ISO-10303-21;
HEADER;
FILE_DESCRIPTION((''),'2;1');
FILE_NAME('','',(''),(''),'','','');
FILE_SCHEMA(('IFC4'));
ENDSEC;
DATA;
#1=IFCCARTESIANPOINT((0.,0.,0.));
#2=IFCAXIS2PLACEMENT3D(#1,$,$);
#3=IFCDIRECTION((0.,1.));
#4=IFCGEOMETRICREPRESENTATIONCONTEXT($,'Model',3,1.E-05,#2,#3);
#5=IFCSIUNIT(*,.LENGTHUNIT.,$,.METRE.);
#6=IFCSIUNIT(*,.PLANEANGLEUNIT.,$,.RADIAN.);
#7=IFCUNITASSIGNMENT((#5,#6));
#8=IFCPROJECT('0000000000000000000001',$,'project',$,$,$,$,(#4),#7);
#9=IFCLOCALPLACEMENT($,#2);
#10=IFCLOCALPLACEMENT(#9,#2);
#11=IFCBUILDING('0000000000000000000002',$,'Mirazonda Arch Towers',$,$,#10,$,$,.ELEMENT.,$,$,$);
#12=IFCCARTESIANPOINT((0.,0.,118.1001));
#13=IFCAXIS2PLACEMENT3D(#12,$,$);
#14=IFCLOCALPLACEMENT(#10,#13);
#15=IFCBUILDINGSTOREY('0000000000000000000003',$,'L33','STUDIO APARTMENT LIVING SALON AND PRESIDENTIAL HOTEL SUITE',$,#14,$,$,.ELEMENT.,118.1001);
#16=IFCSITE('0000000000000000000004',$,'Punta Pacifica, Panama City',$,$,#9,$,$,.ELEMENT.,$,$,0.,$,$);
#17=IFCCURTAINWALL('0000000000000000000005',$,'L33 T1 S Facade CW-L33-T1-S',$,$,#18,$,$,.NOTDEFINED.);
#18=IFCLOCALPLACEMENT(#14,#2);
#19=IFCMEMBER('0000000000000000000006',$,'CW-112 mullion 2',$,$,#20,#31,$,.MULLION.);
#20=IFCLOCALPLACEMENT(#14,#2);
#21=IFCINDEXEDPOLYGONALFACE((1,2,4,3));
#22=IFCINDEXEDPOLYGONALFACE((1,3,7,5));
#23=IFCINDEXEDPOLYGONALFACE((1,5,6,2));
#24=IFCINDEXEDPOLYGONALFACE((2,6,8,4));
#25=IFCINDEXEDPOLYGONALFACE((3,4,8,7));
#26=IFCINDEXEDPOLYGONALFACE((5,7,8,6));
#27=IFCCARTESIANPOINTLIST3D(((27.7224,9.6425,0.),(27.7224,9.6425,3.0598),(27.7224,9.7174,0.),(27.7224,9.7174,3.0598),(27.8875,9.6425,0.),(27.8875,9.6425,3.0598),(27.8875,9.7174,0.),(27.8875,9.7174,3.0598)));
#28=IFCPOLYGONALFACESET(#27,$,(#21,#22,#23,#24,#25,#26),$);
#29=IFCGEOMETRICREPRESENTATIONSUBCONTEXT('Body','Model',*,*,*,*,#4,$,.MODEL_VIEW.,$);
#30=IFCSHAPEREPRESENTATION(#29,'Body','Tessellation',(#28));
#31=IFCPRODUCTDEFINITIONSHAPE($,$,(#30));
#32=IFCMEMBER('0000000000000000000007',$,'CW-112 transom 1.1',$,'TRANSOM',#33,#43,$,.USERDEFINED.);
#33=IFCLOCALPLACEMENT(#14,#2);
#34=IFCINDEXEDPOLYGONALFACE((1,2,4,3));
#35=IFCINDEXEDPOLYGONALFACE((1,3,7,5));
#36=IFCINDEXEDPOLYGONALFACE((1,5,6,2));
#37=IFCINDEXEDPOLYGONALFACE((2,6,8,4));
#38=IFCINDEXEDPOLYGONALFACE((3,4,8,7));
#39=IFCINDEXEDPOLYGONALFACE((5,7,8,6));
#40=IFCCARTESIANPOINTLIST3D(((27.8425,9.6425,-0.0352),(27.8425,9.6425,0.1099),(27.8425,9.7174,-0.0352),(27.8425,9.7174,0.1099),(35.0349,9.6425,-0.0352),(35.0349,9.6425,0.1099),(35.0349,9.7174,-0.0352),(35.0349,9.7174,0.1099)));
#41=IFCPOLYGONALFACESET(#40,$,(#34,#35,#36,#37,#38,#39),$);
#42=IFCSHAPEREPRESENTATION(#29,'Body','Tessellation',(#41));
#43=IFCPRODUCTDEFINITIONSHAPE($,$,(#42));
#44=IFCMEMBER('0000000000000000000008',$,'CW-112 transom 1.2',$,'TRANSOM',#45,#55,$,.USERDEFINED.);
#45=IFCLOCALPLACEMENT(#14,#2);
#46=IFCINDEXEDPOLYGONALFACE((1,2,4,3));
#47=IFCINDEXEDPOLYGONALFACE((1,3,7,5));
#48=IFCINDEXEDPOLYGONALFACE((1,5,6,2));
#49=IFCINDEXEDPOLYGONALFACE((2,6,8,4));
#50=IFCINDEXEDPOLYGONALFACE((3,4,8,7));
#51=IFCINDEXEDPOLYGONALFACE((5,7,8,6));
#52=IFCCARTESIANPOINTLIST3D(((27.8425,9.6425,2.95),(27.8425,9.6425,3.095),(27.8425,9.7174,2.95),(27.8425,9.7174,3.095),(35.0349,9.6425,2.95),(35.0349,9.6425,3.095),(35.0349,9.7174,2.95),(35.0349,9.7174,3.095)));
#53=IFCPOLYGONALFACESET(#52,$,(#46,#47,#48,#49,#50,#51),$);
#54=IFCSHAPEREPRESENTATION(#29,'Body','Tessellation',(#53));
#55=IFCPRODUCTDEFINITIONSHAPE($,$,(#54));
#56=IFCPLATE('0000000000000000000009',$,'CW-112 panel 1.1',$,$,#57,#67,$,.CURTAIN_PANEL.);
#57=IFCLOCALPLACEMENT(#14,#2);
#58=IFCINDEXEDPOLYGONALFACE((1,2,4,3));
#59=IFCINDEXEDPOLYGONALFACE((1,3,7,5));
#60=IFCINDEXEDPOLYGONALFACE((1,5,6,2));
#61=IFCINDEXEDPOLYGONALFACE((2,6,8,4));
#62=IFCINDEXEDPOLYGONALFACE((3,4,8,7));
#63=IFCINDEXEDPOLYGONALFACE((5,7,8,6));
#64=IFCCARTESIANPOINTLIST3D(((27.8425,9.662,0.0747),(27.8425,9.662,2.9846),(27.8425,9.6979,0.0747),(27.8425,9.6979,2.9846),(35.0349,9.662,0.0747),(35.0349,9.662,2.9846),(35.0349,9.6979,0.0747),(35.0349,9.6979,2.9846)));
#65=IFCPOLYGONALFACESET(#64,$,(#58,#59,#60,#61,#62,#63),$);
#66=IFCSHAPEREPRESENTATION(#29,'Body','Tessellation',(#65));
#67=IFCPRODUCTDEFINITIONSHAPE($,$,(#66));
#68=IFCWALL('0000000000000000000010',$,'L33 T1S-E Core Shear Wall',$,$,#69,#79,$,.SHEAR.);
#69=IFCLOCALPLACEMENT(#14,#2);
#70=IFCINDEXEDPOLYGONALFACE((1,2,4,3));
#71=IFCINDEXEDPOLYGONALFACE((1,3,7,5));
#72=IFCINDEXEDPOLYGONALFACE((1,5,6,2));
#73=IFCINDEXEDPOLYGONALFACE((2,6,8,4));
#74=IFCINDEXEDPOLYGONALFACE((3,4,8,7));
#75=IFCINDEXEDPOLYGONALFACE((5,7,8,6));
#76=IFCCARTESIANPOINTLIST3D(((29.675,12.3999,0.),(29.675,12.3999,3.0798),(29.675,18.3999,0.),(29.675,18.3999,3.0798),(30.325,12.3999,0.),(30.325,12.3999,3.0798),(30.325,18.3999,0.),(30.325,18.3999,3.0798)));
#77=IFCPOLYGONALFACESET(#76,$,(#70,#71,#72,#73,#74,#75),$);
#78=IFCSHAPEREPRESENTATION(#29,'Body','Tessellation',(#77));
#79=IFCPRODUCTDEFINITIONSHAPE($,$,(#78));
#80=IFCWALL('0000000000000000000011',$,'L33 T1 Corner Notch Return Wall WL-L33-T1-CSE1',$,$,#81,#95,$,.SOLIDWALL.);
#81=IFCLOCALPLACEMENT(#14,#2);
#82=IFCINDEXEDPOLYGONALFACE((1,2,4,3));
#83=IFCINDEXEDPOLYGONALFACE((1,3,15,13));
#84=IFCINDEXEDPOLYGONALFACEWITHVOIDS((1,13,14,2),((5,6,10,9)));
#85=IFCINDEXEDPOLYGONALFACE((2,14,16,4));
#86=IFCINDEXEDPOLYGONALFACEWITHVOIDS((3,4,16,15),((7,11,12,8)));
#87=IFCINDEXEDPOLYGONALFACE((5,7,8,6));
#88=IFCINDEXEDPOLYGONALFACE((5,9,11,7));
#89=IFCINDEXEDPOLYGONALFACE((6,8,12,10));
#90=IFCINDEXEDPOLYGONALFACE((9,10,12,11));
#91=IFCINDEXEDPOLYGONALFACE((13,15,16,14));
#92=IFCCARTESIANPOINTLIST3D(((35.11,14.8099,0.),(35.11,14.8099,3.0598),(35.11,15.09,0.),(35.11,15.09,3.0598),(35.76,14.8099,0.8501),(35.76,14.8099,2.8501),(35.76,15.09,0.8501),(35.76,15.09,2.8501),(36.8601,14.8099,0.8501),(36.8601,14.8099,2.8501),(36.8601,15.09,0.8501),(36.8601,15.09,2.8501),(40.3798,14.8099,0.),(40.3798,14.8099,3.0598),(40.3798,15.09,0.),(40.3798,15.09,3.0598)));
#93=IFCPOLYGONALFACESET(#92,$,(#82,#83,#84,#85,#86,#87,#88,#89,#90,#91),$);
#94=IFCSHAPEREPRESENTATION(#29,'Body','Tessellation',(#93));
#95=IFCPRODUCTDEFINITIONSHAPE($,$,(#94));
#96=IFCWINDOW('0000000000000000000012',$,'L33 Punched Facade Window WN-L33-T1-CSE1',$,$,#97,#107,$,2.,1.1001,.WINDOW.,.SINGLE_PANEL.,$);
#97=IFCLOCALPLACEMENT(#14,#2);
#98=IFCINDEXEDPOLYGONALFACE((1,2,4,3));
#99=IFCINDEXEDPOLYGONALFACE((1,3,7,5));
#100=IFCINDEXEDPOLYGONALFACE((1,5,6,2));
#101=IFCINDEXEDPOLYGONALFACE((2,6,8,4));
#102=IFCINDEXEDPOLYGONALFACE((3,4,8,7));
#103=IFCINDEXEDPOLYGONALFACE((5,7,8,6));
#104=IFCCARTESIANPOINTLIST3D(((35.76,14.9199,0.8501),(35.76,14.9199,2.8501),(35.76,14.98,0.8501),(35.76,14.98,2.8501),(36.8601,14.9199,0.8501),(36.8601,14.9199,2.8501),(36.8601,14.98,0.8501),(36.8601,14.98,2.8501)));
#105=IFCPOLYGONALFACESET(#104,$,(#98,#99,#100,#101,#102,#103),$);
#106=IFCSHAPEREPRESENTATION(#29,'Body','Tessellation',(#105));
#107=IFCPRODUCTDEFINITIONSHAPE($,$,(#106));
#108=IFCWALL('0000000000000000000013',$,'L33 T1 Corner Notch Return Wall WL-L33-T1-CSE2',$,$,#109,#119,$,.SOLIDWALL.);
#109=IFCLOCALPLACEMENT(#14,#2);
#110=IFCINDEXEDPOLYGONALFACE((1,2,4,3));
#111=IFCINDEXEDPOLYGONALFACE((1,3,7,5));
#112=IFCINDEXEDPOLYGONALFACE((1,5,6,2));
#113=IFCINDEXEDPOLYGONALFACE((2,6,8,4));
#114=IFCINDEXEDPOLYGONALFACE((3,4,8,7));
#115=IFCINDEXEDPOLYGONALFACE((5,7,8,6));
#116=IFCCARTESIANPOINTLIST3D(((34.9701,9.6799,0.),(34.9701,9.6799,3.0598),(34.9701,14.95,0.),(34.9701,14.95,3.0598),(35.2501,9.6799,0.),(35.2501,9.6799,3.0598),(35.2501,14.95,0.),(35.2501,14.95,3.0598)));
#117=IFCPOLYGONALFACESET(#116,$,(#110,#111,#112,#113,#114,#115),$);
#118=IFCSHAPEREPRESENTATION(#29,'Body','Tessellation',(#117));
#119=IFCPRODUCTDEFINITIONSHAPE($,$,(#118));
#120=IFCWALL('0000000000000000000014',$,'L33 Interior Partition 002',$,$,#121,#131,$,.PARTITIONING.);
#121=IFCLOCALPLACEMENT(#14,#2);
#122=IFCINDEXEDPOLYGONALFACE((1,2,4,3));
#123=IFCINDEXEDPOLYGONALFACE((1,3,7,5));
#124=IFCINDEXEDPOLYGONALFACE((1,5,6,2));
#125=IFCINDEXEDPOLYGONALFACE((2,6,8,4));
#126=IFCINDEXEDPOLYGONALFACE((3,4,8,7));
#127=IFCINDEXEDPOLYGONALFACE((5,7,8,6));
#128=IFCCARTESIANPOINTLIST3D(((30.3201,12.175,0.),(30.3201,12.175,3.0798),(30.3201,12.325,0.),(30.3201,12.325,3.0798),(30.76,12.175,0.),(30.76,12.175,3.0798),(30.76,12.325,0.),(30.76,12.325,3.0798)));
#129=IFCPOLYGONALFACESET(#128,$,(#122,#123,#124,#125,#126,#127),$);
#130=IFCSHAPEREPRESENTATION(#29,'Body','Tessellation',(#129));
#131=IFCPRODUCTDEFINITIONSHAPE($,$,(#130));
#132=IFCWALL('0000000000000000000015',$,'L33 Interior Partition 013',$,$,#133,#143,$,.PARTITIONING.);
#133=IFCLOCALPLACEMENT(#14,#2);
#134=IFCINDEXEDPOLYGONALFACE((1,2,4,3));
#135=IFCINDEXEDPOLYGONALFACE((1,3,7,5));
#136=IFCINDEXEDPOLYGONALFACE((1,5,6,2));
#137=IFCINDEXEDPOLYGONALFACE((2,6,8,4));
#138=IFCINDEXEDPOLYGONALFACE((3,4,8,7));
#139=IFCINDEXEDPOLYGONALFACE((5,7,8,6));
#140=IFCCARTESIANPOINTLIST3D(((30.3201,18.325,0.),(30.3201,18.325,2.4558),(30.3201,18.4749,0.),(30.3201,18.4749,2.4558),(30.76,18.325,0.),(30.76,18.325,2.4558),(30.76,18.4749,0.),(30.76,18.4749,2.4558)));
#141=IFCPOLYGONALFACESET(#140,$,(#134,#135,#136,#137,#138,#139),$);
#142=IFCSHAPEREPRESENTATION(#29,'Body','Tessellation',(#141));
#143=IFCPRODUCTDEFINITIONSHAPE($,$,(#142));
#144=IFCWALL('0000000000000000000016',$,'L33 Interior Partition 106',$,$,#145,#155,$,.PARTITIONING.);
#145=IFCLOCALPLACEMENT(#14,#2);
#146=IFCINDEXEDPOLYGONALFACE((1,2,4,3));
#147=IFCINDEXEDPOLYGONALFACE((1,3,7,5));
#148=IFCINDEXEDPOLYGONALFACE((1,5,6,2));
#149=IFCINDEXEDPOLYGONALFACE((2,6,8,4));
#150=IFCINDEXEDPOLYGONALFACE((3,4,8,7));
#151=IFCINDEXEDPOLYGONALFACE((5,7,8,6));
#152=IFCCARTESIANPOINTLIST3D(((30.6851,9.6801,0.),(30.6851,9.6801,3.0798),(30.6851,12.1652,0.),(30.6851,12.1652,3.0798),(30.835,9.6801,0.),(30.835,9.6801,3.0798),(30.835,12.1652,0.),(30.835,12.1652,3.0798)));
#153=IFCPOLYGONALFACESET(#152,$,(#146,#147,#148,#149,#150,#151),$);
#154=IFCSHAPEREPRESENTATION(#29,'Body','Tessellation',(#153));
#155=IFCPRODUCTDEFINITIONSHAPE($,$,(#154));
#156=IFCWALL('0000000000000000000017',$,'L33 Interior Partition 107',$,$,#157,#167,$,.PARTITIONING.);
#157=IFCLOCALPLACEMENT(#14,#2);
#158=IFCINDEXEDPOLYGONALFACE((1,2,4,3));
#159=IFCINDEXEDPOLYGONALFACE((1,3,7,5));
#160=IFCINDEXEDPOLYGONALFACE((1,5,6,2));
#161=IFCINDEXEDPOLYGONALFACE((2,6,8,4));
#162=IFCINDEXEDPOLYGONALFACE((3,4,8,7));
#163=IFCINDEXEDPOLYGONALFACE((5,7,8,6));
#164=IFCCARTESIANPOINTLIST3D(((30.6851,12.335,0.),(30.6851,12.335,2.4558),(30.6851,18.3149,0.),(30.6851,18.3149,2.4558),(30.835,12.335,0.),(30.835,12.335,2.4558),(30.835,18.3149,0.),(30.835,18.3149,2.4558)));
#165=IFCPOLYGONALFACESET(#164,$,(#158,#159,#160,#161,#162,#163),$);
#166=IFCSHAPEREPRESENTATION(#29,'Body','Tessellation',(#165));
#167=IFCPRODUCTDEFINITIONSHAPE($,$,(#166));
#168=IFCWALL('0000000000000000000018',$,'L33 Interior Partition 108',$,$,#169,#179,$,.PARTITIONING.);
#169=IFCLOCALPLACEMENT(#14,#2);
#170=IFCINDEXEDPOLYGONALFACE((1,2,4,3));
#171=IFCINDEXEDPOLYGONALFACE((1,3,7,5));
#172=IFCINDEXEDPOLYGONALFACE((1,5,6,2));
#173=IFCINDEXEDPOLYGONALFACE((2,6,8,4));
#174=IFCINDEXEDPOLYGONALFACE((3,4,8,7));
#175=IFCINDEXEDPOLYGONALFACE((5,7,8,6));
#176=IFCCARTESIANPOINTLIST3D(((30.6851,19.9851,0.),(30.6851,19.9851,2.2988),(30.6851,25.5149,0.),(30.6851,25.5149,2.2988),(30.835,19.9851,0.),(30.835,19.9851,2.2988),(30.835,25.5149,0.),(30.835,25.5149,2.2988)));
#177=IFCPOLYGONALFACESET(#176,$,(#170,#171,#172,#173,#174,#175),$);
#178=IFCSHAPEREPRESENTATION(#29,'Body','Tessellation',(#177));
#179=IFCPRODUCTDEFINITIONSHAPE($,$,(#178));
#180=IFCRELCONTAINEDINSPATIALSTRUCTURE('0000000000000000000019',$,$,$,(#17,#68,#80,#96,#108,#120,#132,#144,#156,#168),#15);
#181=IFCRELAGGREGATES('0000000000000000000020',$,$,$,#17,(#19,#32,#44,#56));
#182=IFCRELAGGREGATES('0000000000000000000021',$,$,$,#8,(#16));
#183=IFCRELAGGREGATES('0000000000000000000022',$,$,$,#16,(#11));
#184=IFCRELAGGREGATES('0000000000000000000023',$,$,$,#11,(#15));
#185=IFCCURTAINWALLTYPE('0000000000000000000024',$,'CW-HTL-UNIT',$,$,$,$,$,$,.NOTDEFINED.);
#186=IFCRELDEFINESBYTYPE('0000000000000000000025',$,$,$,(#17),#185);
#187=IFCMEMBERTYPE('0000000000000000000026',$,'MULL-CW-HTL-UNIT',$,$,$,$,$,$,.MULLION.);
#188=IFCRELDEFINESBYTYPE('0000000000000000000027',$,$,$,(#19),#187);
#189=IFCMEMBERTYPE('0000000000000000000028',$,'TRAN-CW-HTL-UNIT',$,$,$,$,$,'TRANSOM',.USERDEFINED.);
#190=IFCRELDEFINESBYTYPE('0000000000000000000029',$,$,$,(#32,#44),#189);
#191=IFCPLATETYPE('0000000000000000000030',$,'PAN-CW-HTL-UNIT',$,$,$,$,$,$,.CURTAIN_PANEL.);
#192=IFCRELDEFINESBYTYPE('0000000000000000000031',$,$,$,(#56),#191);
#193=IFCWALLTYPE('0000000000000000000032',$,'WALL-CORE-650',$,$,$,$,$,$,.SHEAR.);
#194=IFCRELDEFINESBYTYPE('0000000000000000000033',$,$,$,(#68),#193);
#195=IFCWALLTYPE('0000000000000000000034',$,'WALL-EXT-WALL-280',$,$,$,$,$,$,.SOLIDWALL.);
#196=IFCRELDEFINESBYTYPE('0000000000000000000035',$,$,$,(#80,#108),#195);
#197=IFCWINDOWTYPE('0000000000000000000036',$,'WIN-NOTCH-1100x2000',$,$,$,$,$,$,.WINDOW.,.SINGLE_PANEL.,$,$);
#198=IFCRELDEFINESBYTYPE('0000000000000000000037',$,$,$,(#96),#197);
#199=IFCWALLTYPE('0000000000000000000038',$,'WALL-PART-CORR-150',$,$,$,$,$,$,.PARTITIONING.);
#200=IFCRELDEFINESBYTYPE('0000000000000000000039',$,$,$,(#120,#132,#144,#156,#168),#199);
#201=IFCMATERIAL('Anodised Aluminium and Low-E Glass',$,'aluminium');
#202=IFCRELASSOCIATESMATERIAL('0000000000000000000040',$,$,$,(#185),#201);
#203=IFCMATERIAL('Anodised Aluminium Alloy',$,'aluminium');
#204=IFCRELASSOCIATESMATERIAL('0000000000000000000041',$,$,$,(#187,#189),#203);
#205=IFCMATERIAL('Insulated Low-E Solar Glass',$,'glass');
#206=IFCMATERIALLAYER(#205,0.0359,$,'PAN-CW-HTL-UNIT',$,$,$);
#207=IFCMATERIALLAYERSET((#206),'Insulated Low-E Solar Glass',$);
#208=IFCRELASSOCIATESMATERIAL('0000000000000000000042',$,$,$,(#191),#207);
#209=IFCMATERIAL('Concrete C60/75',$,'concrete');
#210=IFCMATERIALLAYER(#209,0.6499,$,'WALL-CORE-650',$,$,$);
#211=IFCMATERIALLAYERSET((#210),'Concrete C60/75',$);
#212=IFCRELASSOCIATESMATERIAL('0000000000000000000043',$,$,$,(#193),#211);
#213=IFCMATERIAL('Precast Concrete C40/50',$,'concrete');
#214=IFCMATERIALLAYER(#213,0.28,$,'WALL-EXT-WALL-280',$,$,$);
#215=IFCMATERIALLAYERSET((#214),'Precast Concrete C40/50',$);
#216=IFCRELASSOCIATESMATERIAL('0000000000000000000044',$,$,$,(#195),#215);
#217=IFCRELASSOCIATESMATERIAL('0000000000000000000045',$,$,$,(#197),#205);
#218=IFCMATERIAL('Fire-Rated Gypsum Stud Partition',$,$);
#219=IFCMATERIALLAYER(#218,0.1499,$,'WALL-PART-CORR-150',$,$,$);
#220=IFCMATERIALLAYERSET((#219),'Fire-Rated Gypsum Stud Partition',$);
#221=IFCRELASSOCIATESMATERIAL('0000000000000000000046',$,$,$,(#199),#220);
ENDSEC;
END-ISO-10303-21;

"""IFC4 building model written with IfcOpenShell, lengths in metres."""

from ifc_helpers import new_model, si_unit, direction, frame, frame_2d, origin, origin_2d, place, context, subcontext, project, spatial, rectangle, extrude, material, layer, layer_set, material_profile, profile_set, type_object, element, fill, aggregate, save


model = new_model("IFC4")

# Units and contexts
model_context = context("Model", 3, precision=1e-05, world=origin(), true_north=direction((0.0, 1.0)))
body_context = subcontext(model_context, "Body", "Model", "MODEL_VIEW")
ifc_project = project(units=[si_unit("LENGTHUNIT", "METRE"), si_unit("PLANEANGLEUNIT", "RADIAN")], contexts=[model_context])

# Site, building, storey
site_placement = place(None, origin())
site = spatial("IfcSite", under=ifc_project, at=site_placement, Name="Punta Pacifica, Panama City", CompositionType="ELEMENT", RefElevation=0.0)
building_placement = place(site_placement, origin())
building = spatial("IfcBuilding", under=site, at=building_placement, Name="Mirazonda Arch Towers", CompositionType="ELEMENT")
storey_placement = place(building_placement, frame((0.0, 0.0, 118.1001)))
storey = spatial("IfcBuildingStorey", under=building, at=storey_placement, Name="L33", Description="STUDIO APARTMENT LIVING SALON AND PRESIDENTIAL HOTEL SUITE", CompositionType="ELEMENT", Elevation=118.1001)

# Shared definitions
ifc_material_1 = material(Name="Concrete C60/75", Category="concrete")

# Curtain wall, members, plate
ifc_material_2 = material(Name="Anodised Aluminium and Low-E Glass", Category="aluminium")
curtain_wall_type = type_object("IfcCurtainWallType", Name="CW-HTL-UNIT", PredefinedType="NOTDEFINED", material=ifc_material_2)
curtain_wall_placement = place(storey_placement, origin())
curtain_wall = element("IfcCurtainWall", 1, at=curtain_wall_placement, inside=storey, type_object=curtain_wall_type, Name="L33 T1 S Facade CW-L33-T1-S", PredefinedType="NOTDEFINED")
ifc_material_3 = material(Name="Anodised Aluminium Alloy", Category="aluminium")
ifc_material_profile_1 = material_profile(ifc_material_3, rectangle(XDim=0.075, YDim=0.165, at=origin_2d()), Name="ALU-MULL-75x165")
ifc_profile_set_1 = profile_set([ifc_material_profile_1], Name="Anodised Aluminium Alloy")
member_type_1 = type_object("IfcMemberType", Name="MULL-CW-HTL-UNIT", PredefinedType="MULLION", material=ifc_profile_set_1)
member_1_placement = place(storey_placement, frame((27.8049, 9.6799, 0.0), z_axis=(0.0, 0.0, 1.0), x_axis=(0.0, -1.0, 0.0)))
member_1 = element("IfcMember", 2, at=member_1_placement, type_object=member_type_1, Name="CW-112 mullion 2", PredefinedType="MULLION", context=body_context, shape_type="SweptSolid", body=[
    extrude(rectangle(XDim=0.075, YDim=0.165, at=origin_2d()), origin(), (0.0, 0.0, 1.0), 3.0598),
])
ifc_material_profile_2 = material_profile(ifc_material_3, rectangle(XDim=0.075, YDim=0.145, at=origin_2d()), Name="ALU-TRAN-75x145")
ifc_profile_set_2 = profile_set([ifc_material_profile_2], Name="Anodised Aluminium Alloy")
member_type_2 = type_object("IfcMemberType", Name="TRAN-CW-HTL-UNIT", ElementType="TRANSOM", PredefinedType="USERDEFINED", material=ifc_profile_set_2)
member_2_placement = place(storey_placement, frame((35.0349, 9.6799, 0.0374), z_axis=(-1.0, 0.0, 0.0), x_axis=(0.0, -1.0, 0.0)))
member_2 = element("IfcMember", 3, at=member_2_placement, type_object=member_type_2, Name="CW-112 transom 1.1", ObjectType="TRANSOM", PredefinedType="USERDEFINED", context=body_context, shape_type="SweptSolid", body=[
    extrude(rectangle(XDim=0.075, YDim=0.145, at=origin_2d()), origin(), (0.0, 0.0, 1.0), 7.1924),
])
member_3_placement = place(storey_placement, frame((35.0349, 9.6799, 3.0225), z_axis=(-1.0, 0.0, 0.0), x_axis=(0.0, -1.0, 0.0)))
member_3 = element("IfcMember", 4, at=member_3_placement, type_object=member_type_2, Name="CW-112 transom 1.2", ObjectType="TRANSOM", PredefinedType="USERDEFINED", context=body_context, shape_type="SweptSolid", body=[
    extrude(rectangle(XDim=0.075, YDim=0.145, at=origin_2d()), origin(), (0.0, 0.0, 1.0), 7.1924),
])
ifc_material_4 = material(Name="Insulated Low-E Solar Glass", Category="glass")
ifc_layer_1 = layer(ifc_material_4, 0.0359, Name="PAN-CW-HTL-UNIT")
ifc_layer_set_1 = layer_set([ifc_layer_1], Name="Insulated Low-E Solar Glass")
plate_type = type_object("IfcPlateType", Name="PAN-CW-HTL-UNIT", PredefinedType="CURTAIN_PANEL", material=ifc_layer_set_1)
plate_placement = place(storey_placement, frame((31.4387, 9.6799, 0.0747), z_axis=(0.0, 0.0, 1.0), x_axis=(-1.0, 0.0, 0.0)))
plate = element("IfcPlate", 5, at=plate_placement, type_object=plate_type, Name="CW-112 panel 1.1", PredefinedType="CURTAIN_PANEL", context=body_context, shape_type="SweptSolid", body=[
    extrude(rectangle(XDim=7.1924, YDim=0.0359, at=origin_2d()), origin(), (0.0, 0.0, 1.0), 2.9099),
])
aggregate(curtain_wall, [member_1, member_2, member_3, plate])

# Wall
ifc_layer_2 = layer(ifc_material_1, 0.6499, Name="WALL-CORE-650")
ifc_layer_set_2 = layer_set([ifc_layer_2], Name="Concrete C60/75")
wall_type_1 = type_object("IfcWallType", Name="WALL-CORE-650", PredefinedType="SHEAR", material=ifc_layer_set_2)
wall_1_placement = place(storey_placement, frame((30.0, 12.3999, 0.0), z_axis=(0.0, 0.0, 1.0), x_axis=(0.0, 1.0, 0.0)))
element("IfcWall", 6, at=wall_1_placement, inside=storey, type_object=wall_type_1, Name="L33 T1S-E Core Shear Wall", PredefinedType="SHEAR", context=body_context, shape_type="SweptSolid", body=[
    extrude(rectangle(XDim=6.0, YDim=0.6499, at=frame_2d((3.0, 0.0))), origin(), (0.0, 0.0, 1.0), 3.0798),
])

# Wall, opening, window
ifc_material_5 = material(Name="Precast Concrete C40/50", Category="concrete")
ifc_layer_3 = layer(ifc_material_5, 0.28, Name="WALL-EXT-WALL-280")
ifc_layer_set_3 = layer_set([ifc_layer_3], Name="Precast Concrete C40/50")
wall_type_2 = type_object("IfcWallType", Name="WALL-EXT-WALL-280", PredefinedType="SOLIDWALL", material=ifc_layer_set_3)
wall_2_placement = place(storey_placement, frame((35.1101, 14.95, 0.0), z_axis=(0.0, 0.0, 1.0), x_axis=(1.0, 0.0, 0.0)))
wall_2 = element("IfcWall", 7, at=wall_2_placement, inside=storey, type_object=wall_type_2, Name="L33 T1 Corner Notch Return Wall WL-L33-T1-CSE1", PredefinedType="SOLIDWALL", context=body_context, shape_type="SweptSolid", body=[
    extrude(rectangle(XDim=5.2698, YDim=0.28, at=frame_2d((2.6348, 0.0))), origin(), (0.0, 0.0, 1.0), 3.0598),
])
opening_1_placement = place(wall_2_placement, frame((0.6499, 0.0, 0.8501)))
opening_1 = element("IfcOpeningElement", 8, at=opening_1_placement, cuts=wall_2, PredefinedType="OPENING", context=body_context, shape_type="SweptSolid", body=[
    extrude(rectangle(XDim=1.1001, YDim=2.0, at=frame_2d((0.55, 1.0))), frame((0.0, 0.1499, 0.0), z_axis=(0.0, -1.0, 0.0), x_axis=(1.0, 0.0, 0.0)), (0.0, 0.0, 1.0), 0.3),
])
window_type = type_object("IfcWindowType", Name="WIN-NOTCH-1100x2000", PartitioningType="SINGLE_PANEL", PredefinedType="WINDOW", material=ifc_material_4)
window_placement = place(opening_1_placement, origin())
window = element("IfcWindow", 9, at=window_placement, inside=storey, type_object=window_type, Name="L33 Punched Facade Window WN-L33-T1-CSE1", OverallHeight=2.0, OverallWidth=1.1001, PartitioningType="SINGLE_PANEL", PredefinedType="WINDOW", context=body_context, shape_type="SweptSolid", body=[
    extrude(rectangle(XDim=1.1001, YDim=2.0, at=frame_2d((0.55, 1.0))), frame((0.0, 0.03, 0.0), z_axis=(0.0, -1.0, 0.0), x_axis=(1.0, 0.0, 0.0)), (0.0, 0.0, 1.0), 0.0601),
])
fill(opening_1, window)

# Walls
wall_3_placement = place(storey_placement, frame((35.1101, 9.6799, 0.0), z_axis=(0.0, 0.0, 1.0), x_axis=(0.0, 1.0, 0.0)))
element("IfcWall", 10, at=wall_3_placement, inside=storey, type_object=wall_type_2, Name="L33 T1 Corner Notch Return Wall WL-L33-T1-CSE2", PredefinedType="SOLIDWALL", context=body_context, shape_type="SweptSolid", body=[
    extrude(rectangle(XDim=5.27, YDim=0.28, at=frame_2d((2.635, 0.0))), origin(), (0.0, 0.0, 1.0), 3.0598),
])
ifc_material_6 = material(Name="Fire-Rated Gypsum Stud Partition")
ifc_layer_4 = layer(ifc_material_6, 0.1499, Name="WALL-PART-CORR-150")
ifc_layer_set_4 = layer_set([ifc_layer_4], Name="Fire-Rated Gypsum Stud Partition")
wall_type_3 = type_object("IfcWallType", Name="WALL-PART-CORR-150", PredefinedType="PARTITIONING", material=ifc_layer_set_4)
wall_4_placement = place(storey_placement, frame((30.3201, 12.25, 0.0), z_axis=(0.0, 0.0, 1.0), x_axis=(1.0, 0.0, 0.0)))
element("IfcWall", 11, at=wall_4_placement, inside=storey, type_object=wall_type_3, Name="L33 Interior Partition 002", PredefinedType="PARTITIONING", context=body_context, shape_type="SweptSolid", body=[
    extrude(rectangle(XDim=0.4399, YDim=0.1499, at=frame_2d((0.22, 0.0))), origin(), (0.0, 0.0, 1.0), 3.0798),
])
wall_5_placement = place(storey_placement, frame((30.3201, 18.3999, 0.0), z_axis=(0.0, 0.0, 1.0), x_axis=(1.0, 0.0, 0.0)))
element("IfcWall", 12, at=wall_5_placement, inside=storey, type_object=wall_type_3, Name="L33 Interior Partition 013", PredefinedType="PARTITIONING", context=body_context, shape_type="SweptSolid", body=[
    extrude(rectangle(XDim=0.4399, YDim=0.1499, at=frame_2d((0.22, 0.0))), origin(), (0.0, 0.0, 1.0), 2.4558),
])
wall_6_placement = place(storey_placement, frame((30.76, 9.6799, 0.0), z_axis=(0.0, 0.0, 1.0), x_axis=(0.0, 1.0, 0.0)))
element("IfcWall", 13, at=wall_6_placement, inside=storey, type_object=wall_type_3, Name="L33 Interior Partition 106", PredefinedType="PARTITIONING", context=body_context, shape_type="SweptSolid", body=[
    extrude(rectangle(XDim=2.4851, YDim=0.1499, at=frame_2d((1.2427, 0.0))), origin(), (0.0, 0.0, 1.0), 3.0798),
])
wall_7_placement = place(storey_placement, frame((30.76, 12.335, 0.0), z_axis=(0.0, 0.0, 1.0), x_axis=(0.0, 1.0, 0.0)))
element("IfcWall", 14, at=wall_7_placement, inside=storey, type_object=wall_type_3, Name="L33 Interior Partition 107", PredefinedType="PARTITIONING", context=body_context, shape_type="SweptSolid", body=[
    extrude(rectangle(XDim=5.98, YDim=0.1499, at=frame_2d((2.99, 0.0))), origin(), (0.0, 0.0, 1.0), 2.4558),
])
wall_8_placement = place(storey_placement, frame((30.76, 19.9851, 0.0), z_axis=(0.0, 0.0, 1.0), x_axis=(0.0, 1.0, 0.0)))
element("IfcWall", 15, at=wall_8_placement, inside=storey, type_object=wall_type_3, Name="L33 Interior Partition 108", PredefinedType="PARTITIONING", context=body_context, shape_type="SweptSolid", body=[
    extrude(rectangle(XDim=5.5298, YDim=0.1499, at=frame_2d((2.7649, 0.0))), origin(), (0.0, 0.0, 1.0), 2.2988),
])

save(model, "model.ifc")
